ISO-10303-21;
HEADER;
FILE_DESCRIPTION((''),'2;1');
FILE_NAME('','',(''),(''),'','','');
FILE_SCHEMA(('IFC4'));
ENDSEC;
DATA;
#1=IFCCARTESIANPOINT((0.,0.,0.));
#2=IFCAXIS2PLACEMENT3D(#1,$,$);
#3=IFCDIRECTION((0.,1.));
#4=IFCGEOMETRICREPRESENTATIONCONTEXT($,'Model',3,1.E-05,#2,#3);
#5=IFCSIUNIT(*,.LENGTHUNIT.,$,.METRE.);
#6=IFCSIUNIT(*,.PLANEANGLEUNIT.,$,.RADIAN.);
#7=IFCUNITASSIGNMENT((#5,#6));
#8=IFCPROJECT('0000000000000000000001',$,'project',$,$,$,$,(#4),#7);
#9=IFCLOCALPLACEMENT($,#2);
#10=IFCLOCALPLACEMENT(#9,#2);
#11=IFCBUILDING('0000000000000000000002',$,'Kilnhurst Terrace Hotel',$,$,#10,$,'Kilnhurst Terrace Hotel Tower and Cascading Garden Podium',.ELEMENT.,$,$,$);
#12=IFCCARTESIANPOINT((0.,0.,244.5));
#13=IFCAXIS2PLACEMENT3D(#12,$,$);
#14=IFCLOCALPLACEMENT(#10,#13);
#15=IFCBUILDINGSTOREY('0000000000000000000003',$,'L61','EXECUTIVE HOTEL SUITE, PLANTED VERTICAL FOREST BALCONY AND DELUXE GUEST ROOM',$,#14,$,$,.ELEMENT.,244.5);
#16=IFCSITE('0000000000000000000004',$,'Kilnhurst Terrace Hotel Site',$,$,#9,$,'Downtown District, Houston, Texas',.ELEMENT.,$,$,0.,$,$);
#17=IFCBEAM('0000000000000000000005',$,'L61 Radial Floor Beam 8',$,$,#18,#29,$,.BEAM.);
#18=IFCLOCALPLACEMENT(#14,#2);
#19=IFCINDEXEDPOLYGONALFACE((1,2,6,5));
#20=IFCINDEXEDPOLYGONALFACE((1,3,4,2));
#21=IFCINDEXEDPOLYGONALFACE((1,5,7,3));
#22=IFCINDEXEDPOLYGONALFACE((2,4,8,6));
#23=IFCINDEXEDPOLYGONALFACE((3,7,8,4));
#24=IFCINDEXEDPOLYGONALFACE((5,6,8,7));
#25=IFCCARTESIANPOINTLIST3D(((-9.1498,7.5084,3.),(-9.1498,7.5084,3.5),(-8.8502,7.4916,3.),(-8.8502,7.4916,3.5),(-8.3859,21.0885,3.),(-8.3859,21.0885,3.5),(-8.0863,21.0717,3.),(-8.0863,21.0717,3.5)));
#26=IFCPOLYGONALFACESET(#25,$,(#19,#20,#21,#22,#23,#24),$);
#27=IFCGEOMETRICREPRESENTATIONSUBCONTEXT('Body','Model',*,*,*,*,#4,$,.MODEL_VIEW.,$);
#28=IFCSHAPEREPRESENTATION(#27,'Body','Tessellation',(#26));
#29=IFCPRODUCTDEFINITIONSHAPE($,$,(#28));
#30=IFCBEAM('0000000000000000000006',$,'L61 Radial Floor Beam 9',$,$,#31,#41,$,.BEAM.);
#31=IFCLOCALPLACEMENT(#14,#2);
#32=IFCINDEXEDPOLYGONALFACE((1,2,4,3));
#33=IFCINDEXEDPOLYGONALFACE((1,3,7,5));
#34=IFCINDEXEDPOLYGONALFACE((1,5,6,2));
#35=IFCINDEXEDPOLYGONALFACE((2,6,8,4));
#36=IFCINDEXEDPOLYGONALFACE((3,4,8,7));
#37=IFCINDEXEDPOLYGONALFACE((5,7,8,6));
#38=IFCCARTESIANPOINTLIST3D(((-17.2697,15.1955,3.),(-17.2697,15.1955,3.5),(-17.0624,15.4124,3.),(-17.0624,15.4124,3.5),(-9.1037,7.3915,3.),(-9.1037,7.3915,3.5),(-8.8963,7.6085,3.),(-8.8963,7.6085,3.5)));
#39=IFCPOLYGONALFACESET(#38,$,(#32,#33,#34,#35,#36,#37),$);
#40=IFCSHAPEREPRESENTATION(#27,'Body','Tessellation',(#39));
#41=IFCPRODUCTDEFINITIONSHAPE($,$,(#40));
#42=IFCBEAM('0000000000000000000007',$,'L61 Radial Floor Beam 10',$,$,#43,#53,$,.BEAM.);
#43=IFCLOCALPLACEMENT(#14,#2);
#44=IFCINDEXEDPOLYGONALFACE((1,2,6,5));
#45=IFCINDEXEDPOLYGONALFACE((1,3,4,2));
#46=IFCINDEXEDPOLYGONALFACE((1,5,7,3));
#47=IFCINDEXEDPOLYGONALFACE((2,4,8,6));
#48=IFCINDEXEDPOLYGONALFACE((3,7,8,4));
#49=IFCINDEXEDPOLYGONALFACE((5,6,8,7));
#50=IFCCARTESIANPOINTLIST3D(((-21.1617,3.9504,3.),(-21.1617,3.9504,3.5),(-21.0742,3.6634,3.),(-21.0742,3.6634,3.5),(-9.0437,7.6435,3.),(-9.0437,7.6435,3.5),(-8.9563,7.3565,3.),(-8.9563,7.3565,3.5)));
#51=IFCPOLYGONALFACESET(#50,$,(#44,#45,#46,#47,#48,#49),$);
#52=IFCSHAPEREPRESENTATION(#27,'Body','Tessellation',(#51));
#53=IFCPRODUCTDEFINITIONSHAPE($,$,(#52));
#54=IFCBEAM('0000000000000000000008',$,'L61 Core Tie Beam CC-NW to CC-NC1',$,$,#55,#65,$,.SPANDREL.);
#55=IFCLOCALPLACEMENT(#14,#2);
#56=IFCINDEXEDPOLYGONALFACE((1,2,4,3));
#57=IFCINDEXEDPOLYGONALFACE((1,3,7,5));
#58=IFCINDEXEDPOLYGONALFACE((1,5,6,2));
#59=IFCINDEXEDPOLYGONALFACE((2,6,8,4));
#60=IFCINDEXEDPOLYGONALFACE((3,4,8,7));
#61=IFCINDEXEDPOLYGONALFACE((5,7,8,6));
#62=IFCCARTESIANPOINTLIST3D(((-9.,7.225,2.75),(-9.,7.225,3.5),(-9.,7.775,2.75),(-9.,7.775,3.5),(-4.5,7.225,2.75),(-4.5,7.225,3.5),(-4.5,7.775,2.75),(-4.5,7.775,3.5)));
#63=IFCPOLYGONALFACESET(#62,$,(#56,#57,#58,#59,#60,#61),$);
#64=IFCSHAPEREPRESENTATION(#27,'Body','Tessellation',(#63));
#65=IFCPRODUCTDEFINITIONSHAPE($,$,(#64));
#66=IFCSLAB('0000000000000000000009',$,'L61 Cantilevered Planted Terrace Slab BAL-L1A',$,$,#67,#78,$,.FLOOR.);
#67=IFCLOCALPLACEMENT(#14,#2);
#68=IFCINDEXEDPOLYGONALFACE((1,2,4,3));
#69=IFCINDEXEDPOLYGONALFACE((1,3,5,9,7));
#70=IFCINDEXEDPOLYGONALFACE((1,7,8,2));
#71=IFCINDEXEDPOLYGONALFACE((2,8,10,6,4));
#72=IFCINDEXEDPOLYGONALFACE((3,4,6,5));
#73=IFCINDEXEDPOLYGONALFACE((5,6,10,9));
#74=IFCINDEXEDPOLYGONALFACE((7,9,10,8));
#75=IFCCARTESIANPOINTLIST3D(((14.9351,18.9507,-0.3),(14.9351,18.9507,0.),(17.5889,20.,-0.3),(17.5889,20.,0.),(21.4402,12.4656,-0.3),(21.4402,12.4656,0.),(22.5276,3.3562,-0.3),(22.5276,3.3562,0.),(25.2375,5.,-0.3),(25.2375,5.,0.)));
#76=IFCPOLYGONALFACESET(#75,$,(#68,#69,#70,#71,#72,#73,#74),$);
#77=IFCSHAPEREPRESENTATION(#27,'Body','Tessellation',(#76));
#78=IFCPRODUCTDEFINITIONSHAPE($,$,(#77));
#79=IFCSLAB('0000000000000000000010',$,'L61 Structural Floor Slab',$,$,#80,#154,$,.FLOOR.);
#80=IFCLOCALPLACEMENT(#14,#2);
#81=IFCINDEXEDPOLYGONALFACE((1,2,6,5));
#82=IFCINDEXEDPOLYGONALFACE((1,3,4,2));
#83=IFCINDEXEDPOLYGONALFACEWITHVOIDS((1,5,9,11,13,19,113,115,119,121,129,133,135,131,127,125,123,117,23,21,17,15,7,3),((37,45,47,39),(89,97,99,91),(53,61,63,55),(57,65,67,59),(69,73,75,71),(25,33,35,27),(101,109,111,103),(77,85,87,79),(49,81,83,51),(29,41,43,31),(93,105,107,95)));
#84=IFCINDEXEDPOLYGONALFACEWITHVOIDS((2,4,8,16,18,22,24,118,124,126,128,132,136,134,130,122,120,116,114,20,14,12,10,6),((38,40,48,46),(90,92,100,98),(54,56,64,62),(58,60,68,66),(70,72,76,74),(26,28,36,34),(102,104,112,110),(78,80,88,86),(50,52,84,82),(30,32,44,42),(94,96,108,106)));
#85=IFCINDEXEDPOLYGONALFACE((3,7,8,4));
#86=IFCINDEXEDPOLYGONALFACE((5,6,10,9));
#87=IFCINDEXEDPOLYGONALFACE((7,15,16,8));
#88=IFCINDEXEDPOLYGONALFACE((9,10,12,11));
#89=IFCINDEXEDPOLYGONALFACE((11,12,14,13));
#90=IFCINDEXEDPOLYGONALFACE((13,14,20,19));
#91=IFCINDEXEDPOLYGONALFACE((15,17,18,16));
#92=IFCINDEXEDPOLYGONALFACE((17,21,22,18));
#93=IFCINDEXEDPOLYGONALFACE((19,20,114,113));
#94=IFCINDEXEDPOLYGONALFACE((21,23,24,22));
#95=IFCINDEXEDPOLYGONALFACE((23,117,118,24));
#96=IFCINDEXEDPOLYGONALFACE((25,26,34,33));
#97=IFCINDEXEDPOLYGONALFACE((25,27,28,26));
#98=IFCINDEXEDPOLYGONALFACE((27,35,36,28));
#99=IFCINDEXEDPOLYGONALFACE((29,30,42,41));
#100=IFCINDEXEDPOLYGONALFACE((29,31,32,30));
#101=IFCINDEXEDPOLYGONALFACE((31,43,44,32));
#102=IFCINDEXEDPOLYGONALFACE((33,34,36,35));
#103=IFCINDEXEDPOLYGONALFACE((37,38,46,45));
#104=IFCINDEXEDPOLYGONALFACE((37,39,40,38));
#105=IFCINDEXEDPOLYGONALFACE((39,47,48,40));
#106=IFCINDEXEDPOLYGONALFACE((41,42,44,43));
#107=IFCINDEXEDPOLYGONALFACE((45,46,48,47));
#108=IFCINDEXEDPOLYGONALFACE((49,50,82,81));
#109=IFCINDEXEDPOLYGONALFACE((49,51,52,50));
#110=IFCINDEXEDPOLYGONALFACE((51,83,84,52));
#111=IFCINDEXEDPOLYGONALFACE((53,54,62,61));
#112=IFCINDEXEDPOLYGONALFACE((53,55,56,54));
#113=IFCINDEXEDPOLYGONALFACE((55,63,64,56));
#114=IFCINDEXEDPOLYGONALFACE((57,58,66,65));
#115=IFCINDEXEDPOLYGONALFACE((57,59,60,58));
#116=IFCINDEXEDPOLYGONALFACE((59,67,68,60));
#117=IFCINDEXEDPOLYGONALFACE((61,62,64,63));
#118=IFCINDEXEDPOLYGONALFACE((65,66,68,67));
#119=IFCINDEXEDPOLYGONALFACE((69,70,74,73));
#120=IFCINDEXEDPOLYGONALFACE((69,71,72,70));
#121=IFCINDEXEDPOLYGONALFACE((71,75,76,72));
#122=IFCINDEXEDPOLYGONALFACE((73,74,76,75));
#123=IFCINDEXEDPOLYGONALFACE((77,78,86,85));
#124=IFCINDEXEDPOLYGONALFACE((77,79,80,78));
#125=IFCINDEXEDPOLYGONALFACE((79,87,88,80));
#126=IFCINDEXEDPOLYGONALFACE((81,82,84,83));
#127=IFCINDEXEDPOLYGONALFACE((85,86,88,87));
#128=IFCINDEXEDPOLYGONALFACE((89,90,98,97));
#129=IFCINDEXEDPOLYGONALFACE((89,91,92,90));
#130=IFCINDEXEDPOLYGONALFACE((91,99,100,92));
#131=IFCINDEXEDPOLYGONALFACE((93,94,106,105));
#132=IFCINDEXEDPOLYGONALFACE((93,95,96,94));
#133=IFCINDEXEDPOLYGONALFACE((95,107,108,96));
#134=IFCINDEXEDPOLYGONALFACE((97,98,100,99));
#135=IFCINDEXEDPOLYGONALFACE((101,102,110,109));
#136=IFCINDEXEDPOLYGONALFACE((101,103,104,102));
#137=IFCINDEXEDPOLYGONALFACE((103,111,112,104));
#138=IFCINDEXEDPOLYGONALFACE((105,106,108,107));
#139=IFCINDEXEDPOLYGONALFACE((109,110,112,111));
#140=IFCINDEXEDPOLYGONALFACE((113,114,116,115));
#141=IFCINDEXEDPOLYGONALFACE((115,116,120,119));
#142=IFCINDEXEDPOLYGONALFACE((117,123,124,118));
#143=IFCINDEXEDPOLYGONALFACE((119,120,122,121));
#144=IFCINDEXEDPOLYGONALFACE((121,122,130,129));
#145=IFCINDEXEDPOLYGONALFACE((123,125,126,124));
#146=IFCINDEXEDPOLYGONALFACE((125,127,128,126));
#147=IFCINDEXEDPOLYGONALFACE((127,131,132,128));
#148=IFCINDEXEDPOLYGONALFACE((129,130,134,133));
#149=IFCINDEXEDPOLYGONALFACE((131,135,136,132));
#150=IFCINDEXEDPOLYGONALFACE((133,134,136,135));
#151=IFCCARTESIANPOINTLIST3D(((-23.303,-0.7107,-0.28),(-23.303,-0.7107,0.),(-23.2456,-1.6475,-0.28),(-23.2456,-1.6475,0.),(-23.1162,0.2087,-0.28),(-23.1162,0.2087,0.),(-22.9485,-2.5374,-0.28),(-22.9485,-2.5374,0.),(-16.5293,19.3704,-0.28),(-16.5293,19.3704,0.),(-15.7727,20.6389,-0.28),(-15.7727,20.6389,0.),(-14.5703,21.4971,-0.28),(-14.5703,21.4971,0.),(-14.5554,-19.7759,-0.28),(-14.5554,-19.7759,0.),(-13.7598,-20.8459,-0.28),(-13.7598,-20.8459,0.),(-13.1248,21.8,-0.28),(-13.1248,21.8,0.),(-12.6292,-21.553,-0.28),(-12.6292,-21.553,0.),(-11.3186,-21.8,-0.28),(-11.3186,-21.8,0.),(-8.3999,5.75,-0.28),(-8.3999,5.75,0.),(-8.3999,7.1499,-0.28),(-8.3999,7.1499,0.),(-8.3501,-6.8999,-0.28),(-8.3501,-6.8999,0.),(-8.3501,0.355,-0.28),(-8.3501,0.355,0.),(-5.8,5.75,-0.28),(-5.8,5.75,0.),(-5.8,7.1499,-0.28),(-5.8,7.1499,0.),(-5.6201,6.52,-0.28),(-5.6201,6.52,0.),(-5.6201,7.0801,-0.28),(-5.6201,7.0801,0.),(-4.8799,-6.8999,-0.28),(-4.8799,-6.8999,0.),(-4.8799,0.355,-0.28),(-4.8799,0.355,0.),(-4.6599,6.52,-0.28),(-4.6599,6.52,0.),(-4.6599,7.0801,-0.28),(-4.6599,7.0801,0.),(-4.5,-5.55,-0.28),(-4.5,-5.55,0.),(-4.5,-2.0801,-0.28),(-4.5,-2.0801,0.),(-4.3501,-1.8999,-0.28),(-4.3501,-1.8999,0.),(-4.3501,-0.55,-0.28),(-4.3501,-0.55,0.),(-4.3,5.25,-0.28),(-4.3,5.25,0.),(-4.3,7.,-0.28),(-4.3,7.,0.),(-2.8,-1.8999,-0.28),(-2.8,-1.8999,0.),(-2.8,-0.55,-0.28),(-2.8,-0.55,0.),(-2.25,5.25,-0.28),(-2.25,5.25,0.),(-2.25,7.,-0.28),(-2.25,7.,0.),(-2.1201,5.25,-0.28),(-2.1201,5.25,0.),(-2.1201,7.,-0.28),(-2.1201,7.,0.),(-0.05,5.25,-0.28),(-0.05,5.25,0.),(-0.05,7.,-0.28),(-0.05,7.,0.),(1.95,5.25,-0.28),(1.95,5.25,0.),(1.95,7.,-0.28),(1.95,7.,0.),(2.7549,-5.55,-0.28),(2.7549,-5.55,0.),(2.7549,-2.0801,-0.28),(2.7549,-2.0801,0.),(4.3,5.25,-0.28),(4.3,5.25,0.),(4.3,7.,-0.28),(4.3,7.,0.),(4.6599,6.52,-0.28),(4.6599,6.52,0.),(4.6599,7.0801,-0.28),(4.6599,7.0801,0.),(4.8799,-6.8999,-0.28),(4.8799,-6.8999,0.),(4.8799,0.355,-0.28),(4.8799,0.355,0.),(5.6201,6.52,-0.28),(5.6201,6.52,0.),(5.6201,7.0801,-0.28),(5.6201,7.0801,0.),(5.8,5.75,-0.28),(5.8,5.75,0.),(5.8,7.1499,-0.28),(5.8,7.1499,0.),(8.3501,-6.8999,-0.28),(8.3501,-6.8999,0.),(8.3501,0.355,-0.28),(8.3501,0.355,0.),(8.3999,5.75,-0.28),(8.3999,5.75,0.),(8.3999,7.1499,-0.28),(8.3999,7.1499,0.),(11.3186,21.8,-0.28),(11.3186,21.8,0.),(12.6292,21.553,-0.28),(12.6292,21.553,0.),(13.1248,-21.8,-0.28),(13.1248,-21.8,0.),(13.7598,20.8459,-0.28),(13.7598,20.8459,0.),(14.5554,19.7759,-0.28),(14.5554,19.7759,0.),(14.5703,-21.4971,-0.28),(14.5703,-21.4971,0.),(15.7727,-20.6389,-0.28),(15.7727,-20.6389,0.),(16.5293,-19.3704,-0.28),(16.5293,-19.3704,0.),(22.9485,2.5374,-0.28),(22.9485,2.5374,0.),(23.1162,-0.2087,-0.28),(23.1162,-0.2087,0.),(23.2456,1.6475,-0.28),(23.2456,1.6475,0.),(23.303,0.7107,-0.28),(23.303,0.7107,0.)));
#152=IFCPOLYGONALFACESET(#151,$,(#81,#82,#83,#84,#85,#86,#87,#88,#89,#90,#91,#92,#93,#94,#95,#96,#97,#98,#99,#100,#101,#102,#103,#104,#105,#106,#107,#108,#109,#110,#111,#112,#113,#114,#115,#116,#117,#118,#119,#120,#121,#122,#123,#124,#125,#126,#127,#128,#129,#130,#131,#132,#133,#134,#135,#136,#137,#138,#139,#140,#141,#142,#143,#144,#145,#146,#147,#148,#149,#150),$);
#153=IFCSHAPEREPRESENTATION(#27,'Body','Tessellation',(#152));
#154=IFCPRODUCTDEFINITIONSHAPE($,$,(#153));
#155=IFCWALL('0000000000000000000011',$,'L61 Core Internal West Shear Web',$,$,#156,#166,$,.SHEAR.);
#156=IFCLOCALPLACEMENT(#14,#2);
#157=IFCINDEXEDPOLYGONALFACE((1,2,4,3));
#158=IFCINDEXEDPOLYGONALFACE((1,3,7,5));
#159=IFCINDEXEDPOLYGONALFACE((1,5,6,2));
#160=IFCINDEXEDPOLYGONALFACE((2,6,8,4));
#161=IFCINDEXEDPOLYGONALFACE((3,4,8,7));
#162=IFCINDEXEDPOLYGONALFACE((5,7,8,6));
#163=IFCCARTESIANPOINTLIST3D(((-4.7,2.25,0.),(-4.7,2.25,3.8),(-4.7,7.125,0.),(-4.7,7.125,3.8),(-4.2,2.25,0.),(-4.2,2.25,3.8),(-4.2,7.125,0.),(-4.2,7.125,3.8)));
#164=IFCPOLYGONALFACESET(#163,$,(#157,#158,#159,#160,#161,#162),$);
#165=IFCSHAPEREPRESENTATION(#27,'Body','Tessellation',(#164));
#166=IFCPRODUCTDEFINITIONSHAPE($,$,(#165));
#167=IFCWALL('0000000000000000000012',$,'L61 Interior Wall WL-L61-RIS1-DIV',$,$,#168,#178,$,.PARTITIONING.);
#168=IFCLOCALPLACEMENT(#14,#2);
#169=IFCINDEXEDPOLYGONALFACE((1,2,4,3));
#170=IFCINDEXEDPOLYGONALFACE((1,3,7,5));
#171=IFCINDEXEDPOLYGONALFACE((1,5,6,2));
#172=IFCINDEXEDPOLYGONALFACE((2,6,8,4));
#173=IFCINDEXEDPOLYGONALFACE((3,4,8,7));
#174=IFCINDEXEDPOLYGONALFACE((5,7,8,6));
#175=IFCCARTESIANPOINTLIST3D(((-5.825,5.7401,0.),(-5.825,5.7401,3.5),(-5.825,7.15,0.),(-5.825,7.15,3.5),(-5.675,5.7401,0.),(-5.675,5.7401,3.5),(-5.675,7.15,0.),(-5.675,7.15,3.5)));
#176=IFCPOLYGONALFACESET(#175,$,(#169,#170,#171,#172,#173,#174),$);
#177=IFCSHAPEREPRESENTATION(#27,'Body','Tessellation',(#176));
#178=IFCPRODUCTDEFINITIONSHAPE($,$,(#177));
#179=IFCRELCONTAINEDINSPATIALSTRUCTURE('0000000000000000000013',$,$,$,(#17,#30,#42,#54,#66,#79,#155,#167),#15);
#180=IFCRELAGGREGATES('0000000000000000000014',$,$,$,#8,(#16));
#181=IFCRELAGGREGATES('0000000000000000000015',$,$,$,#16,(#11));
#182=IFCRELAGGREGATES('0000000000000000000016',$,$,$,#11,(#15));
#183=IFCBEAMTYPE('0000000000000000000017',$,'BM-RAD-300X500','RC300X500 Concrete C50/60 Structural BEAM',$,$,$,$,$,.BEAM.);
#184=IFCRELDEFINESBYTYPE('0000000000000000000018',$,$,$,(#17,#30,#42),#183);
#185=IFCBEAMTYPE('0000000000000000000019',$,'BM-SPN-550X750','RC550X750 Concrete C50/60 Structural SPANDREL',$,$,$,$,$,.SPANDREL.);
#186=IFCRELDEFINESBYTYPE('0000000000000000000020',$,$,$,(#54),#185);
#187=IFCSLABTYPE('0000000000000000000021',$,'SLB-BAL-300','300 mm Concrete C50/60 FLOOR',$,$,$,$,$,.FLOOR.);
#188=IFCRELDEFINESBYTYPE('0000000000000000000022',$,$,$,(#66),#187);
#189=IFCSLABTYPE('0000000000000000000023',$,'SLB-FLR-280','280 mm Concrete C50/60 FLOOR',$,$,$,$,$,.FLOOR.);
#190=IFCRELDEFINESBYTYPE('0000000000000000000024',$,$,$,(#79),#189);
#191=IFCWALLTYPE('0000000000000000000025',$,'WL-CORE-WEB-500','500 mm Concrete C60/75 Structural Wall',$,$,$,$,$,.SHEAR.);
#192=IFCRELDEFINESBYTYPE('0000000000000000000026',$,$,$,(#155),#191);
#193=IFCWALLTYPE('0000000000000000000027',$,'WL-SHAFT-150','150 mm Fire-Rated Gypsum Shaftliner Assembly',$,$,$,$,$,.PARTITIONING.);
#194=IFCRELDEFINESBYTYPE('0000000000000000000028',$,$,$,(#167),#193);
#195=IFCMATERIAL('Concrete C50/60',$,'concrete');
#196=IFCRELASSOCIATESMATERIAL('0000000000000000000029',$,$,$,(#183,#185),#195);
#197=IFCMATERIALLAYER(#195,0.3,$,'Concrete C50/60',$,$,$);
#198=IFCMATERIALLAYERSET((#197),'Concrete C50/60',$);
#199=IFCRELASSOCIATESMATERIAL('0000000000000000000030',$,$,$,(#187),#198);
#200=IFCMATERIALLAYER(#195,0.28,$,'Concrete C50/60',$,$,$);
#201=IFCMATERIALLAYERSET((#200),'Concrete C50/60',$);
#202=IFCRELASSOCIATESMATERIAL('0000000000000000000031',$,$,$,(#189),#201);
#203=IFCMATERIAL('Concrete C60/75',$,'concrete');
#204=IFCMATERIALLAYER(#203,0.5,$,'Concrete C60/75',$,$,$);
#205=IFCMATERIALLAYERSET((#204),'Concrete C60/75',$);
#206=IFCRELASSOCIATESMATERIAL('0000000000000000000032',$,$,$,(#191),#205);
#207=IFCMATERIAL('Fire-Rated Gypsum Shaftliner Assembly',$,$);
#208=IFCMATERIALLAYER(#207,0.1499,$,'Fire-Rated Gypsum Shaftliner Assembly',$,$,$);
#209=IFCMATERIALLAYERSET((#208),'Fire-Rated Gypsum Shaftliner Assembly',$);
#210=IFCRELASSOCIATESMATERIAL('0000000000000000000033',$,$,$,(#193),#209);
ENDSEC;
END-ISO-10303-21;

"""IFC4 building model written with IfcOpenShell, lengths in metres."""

from ifc_helpers import new_model, si_unit, direction, frame, frame_2d, origin, origin_2d, place, context, subcontext, project, spatial, polyline, rectangle, outline, extrude, material, layer, layer_set, material_profile, profile_set, type_object, element, save


model = new_model("IFC4")

# Units and contexts
model_context = context("Model", 3, precision=1e-05, world=origin(), true_north=direction((0.0, 1.0)))
body_context = subcontext(model_context, "Body", "Model", "MODEL_VIEW")
ifc_project = project(units=[si_unit("LENGTHUNIT", "METRE"), si_unit("PLANEANGLEUNIT", "RADIAN")], contexts=[model_context])

# Site, building, storey
site_placement = place(None, origin())
site = spatial("IfcSite", under=ifc_project, at=site_placement, Name="Kilnhurst Terrace Hotel Site", LongName="Downtown District, Houston, Texas", CompositionType="ELEMENT", RefElevation=0.0)
building_placement = place(site_placement, origin())
building = spatial("IfcBuilding", under=site, at=building_placement, Name="Kilnhurst Terrace Hotel", LongName="Kilnhurst Terrace Hotel Tower and Cascading Garden Podium", CompositionType="ELEMENT")
storey_placement = place(building_placement, frame((0.0, 0.0, 244.5)))
storey = spatial("IfcBuildingStorey", under=building, at=storey_placement, Name="L61", Description="EXECUTIVE HOTEL SUITE, PLANTED VERTICAL FOREST BALCONY AND DELUXE GUEST ROOM", CompositionType="ELEMENT", Elevation=244.5)

# Beams
ifc_material_1 = material(Name="Concrete C50/60", Category="concrete")
ifc_material_profile_1 = material_profile(ifc_material_1, rectangle(XDim=0.3, YDim=0.5, at=origin_2d()), Name="RC300X500")
ifc_profile_set_1 = profile_set([ifc_material_profile_1], Name="Concrete C50/60")
beam_type_1 = type_object("IfcBeamType", Name="BM-RAD-300X500", Description="RC300X500 Concrete C50/60 Structural BEAM", PredefinedType="BEAM", material=ifc_profile_set_1)
beam_1_placement = place(storey_placement, frame((-9.0, 7.5, 3.25), z_axis=(0.056164, 0.998422, 0.0), x_axis=(-0.998422, 0.056164, 0.0)))
element("IfcBeam", 1, at=beam_1_placement, inside=storey, type_object=beam_type_1, Name="L61 Radial Floor Beam 8", PredefinedType="BEAM", context=body_context, shape_type="SweptSolid", body=[
    extrude(rectangle(XDim=0.3, YDim=0.5, at=origin_2d()), origin(), (0.0, 0.0, 1.0), 13.6016),
])
beam_2_placement = place(storey_placement, frame((-9.0, 7.5, 3.25), z_axis=(-0.722952, 0.690898, 0.0), x_axis=(-0.690898, -0.722952, 0.0)))
element("IfcBeam", 2, at=beam_2_placement, inside=storey, type_object=beam_type_1, Name="L61 Radial Floor Beam 9", PredefinedType="BEAM", context=body_context, shape_type="SweptSolid", body=[
    extrude(rectangle(XDim=0.3, YDim=0.5, at=origin_2d()), origin(), (0.0, 0.0, 1.0), 11.2954),
])
beam_3_placement = place(storey_placement, frame((-9.0, 7.5, 3.25), z_axis=(-0.956563, -0.291527, 0.0), x_axis=(0.291527, -0.956563, 0.0)))
element("IfcBeam", 3, at=beam_3_placement, inside=storey, type_object=beam_type_1, Name="L61 Radial Floor Beam 10", PredefinedType="BEAM", context=body_context, shape_type="SweptSolid", body=[
    extrude(rectangle(XDim=0.3, YDim=0.5, at=origin_2d()), origin(), (0.0, 0.0, 1.0), 12.6682),
])
ifc_material_profile_2 = material_profile(ifc_material_1, rectangle(XDim=0.55, YDim=0.75, at=origin_2d()), Name="RC550X750")
ifc_profile_set_2 = profile_set([ifc_material_profile_2], Name="Concrete C50/60")
beam_type_2 = type_object("IfcBeamType", Name="BM-SPN-550X750", Description="RC550X750 Concrete C50/60 Structural SPANDREL", PredefinedType="SPANDREL", material=ifc_profile_set_2)
beam_4_placement = place(storey_placement, frame((-9.0, 7.5, 3.125), z_axis=(1.0, 0.0, 0.0), x_axis=(0.0, 1.0, 0.0)))
element("IfcBeam", 4, at=beam_4_placement, inside=storey, type_object=beam_type_2, Name="L61 Core Tie Beam CC-NW to CC-NC1", PredefinedType="SPANDREL", context=body_context, shape_type="SweptSolid", body=[
    extrude(rectangle(XDim=0.55, YDim=0.75, at=origin_2d()), origin(), (0.0, 0.0, 1.0), 4.5),
])

# Slabs
ifc_layer_1 = layer(ifc_material_1, 0.3, Name="Concrete C50/60")
ifc_layer_set_1 = layer_set([ifc_layer_1], Name="Concrete C50/60")
slab_type_1 = type_object("IfcSlabType", Name="SLB-BAL-300", Description="300 mm Concrete C50/60 FLOOR", PredefinedType="FLOOR", material=ifc_layer_set_1)
slab_1_placement = place(storey_placement, frame((0.0, 0.0, -0.3)))
element("IfcSlab", 5, at=slab_1_placement, inside=storey, type_object=slab_type_1, Name="L61 Cantilevered Planted Terrace Slab BAL-L1A", PredefinedType="FLOOR", context=body_context, shape_type="SweptSolid", body=[
    extrude(outline(polyline([(21.4402, 12.4656), (25.2375, 5.0), (22.5276, 3.3562), (14.9351, 18.9507), (17.5889, 20.0), (21.4402, 12.4656)])), origin(), (0.0, 0.0, 1.0), 0.3),
])
ifc_layer_2 = layer(ifc_material_1, 0.28, Name="Concrete C50/60")
ifc_layer_set_2 = layer_set([ifc_layer_2], Name="Concrete C50/60")
slab_type_2 = type_object("IfcSlabType", Name="SLB-FLR-280", Description="280 mm Concrete C50/60 FLOOR", PredefinedType="FLOOR", material=ifc_layer_set_2)
slab_2_placement = place(storey_placement, frame((0.0, 0.0, -0.28)))
element("IfcSlab", 6, at=slab_2_placement, inside=storey, type_object=slab_type_2, Name="L61 Structural Floor Slab", PredefinedType="FLOOR", context=body_context, shape_type="SweptSolid", body=[
    extrude(outline(polyline([(-14.5554, -19.7759), (-13.7598, -20.8459), (-12.6292, -21.553), (-11.3186, -21.8), (13.1248, -21.8), (14.5703, -21.4971), (15.7727, -20.6389), (16.5293, -19.3704), (23.1162, -0.2087), (23.303, 0.7107), (23.2456, 1.6475), (22.9485, 2.5374), (14.5554, 19.7759), (13.7598, 20.8459), (12.6292, 21.553), (11.3186, 21.8), (-13.1248, 21.8), (-14.5703, 21.4971), (-15.7727, 20.6389), (-16.5293, 19.3704), (-23.1162, 0.2087), (-23.303, -0.7107), (-23.2456, -1.6475), (-22.9485, -2.5374), (-14.5554, -19.7759)]), holes=[polyline([(-8.3501, 0.355), (-4.8799, 0.355), (-4.8799, -6.8999), (-8.3501, -6.8999), (-8.3501, 0.355)]), polyline([(-2.8, -1.8999), (-4.3501, -1.8999), (-4.3501, -0.55), (-2.8, -0.55), (-2.8, -1.8999)]), polyline([(-2.25, 5.25), (-4.3, 5.25), (-4.3, 7.0), (-2.25, 7.0), (-2.25, 5.25)]), polyline([(-2.1201, 5.25), (-2.1201, 7.0), (-0.05, 7.0), (-0.05, 5.25), (-2.1201, 5.25)]), polyline([(-8.3999, 5.75), (-8.3999, 7.1499), (-5.8, 7.1499), (-5.8, 5.75), (-8.3999, 5.75)]), polyline([(-4.6599, 6.52), (-5.6201, 6.52), (-5.6201, 7.0801), (-4.6599, 7.0801), (-4.6599, 6.52)]), polyline([(2.7549, -5.55), (-4.5, -5.55), (-4.5, -2.0801), (2.7549, -2.0801), (2.7549, -5.55)]), polyline([(8.3501, 0.355), (8.3501, -6.8999), (4.8799, -6.8999), (4.8799, 0.355), (8.3501, 0.355)]), polyline([(4.3, 5.25), (1.95, 5.25), (1.95, 7.0), (4.3, 7.0), (4.3, 5.25)]), polyline([(5.8, 5.75), (5.8, 7.1499), (8.3999, 7.1499), (8.3999, 5.75), (5.8, 5.75)]), polyline([(4.6599, 6.52), (4.6599, 7.0801), (5.6201, 7.0801), (5.6201, 6.52), (4.6599, 6.52)])]), origin(), (0.0, 0.0, 1.0), 0.28),
])

# Walls
ifc_material_2 = material(Name="Concrete C60/75", Category="concrete")
ifc_layer_3 = layer(ifc_material_2, 0.5, Name="Concrete C60/75")
ifc_layer_set_3 = layer_set([ifc_layer_3], Name="Concrete C60/75")
wall_type_1 = type_object("IfcWallType", Name="WL-CORE-WEB-500", Description="500 mm Concrete C60/75 Structural Wall", PredefinedType="SHEAR", material=ifc_layer_set_3)
wall_1_placement = place(storey_placement, frame((-4.45, 2.25, 0.0), z_axis=(0.0, 0.0, 1.0), x_axis=(0.0, 1.0, 0.0)))
element("IfcWall", 7, at=wall_1_placement, inside=storey, type_object=wall_type_1, Name="L61 Core Internal West Shear Web", PredefinedType="SHEAR", context=body_context, shape_type="SweptSolid", body=[
    extrude(rectangle(XDim=4.875, YDim=0.5, at=frame_2d((2.4375, 0.0))), origin(), (0.0, 0.0, 1.0), 3.8),
])
ifc_material_3 = material(Name="Fire-Rated Gypsum Shaftliner Assembly")
ifc_layer_4 = layer(ifc_material_3, 0.1499, Name="Fire-Rated Gypsum Shaftliner Assembly")
ifc_layer_set_4 = layer_set([ifc_layer_4], Name="Fire-Rated Gypsum Shaftliner Assembly")
wall_type_2 = type_object("IfcWallType", Name="WL-SHAFT-150", Description="150 mm Fire-Rated Gypsum Shaftliner Assembly", PredefinedType="PARTITIONING", material=ifc_layer_set_4)
wall_2_placement = place(storey_placement, frame((-5.75, 5.74, 0.0), z_axis=(0.0, 0.0, 1.0), x_axis=(0.0, 1.0, 0.0)))
element("IfcWall", 8, at=wall_2_placement, inside=storey, type_object=wall_type_2, Name="L61 Interior Wall WL-L61-RIS1-DIV", PredefinedType="PARTITIONING", context=body_context, shape_type="SweptSolid", body=[
    extrude(rectangle(XDim=1.4099, YDim=0.1499, at=frame_2d((0.7051, 0.0))), origin(), (0.0, 0.0, 1.0), 3.5),
])

save(model, "model.ifc")
